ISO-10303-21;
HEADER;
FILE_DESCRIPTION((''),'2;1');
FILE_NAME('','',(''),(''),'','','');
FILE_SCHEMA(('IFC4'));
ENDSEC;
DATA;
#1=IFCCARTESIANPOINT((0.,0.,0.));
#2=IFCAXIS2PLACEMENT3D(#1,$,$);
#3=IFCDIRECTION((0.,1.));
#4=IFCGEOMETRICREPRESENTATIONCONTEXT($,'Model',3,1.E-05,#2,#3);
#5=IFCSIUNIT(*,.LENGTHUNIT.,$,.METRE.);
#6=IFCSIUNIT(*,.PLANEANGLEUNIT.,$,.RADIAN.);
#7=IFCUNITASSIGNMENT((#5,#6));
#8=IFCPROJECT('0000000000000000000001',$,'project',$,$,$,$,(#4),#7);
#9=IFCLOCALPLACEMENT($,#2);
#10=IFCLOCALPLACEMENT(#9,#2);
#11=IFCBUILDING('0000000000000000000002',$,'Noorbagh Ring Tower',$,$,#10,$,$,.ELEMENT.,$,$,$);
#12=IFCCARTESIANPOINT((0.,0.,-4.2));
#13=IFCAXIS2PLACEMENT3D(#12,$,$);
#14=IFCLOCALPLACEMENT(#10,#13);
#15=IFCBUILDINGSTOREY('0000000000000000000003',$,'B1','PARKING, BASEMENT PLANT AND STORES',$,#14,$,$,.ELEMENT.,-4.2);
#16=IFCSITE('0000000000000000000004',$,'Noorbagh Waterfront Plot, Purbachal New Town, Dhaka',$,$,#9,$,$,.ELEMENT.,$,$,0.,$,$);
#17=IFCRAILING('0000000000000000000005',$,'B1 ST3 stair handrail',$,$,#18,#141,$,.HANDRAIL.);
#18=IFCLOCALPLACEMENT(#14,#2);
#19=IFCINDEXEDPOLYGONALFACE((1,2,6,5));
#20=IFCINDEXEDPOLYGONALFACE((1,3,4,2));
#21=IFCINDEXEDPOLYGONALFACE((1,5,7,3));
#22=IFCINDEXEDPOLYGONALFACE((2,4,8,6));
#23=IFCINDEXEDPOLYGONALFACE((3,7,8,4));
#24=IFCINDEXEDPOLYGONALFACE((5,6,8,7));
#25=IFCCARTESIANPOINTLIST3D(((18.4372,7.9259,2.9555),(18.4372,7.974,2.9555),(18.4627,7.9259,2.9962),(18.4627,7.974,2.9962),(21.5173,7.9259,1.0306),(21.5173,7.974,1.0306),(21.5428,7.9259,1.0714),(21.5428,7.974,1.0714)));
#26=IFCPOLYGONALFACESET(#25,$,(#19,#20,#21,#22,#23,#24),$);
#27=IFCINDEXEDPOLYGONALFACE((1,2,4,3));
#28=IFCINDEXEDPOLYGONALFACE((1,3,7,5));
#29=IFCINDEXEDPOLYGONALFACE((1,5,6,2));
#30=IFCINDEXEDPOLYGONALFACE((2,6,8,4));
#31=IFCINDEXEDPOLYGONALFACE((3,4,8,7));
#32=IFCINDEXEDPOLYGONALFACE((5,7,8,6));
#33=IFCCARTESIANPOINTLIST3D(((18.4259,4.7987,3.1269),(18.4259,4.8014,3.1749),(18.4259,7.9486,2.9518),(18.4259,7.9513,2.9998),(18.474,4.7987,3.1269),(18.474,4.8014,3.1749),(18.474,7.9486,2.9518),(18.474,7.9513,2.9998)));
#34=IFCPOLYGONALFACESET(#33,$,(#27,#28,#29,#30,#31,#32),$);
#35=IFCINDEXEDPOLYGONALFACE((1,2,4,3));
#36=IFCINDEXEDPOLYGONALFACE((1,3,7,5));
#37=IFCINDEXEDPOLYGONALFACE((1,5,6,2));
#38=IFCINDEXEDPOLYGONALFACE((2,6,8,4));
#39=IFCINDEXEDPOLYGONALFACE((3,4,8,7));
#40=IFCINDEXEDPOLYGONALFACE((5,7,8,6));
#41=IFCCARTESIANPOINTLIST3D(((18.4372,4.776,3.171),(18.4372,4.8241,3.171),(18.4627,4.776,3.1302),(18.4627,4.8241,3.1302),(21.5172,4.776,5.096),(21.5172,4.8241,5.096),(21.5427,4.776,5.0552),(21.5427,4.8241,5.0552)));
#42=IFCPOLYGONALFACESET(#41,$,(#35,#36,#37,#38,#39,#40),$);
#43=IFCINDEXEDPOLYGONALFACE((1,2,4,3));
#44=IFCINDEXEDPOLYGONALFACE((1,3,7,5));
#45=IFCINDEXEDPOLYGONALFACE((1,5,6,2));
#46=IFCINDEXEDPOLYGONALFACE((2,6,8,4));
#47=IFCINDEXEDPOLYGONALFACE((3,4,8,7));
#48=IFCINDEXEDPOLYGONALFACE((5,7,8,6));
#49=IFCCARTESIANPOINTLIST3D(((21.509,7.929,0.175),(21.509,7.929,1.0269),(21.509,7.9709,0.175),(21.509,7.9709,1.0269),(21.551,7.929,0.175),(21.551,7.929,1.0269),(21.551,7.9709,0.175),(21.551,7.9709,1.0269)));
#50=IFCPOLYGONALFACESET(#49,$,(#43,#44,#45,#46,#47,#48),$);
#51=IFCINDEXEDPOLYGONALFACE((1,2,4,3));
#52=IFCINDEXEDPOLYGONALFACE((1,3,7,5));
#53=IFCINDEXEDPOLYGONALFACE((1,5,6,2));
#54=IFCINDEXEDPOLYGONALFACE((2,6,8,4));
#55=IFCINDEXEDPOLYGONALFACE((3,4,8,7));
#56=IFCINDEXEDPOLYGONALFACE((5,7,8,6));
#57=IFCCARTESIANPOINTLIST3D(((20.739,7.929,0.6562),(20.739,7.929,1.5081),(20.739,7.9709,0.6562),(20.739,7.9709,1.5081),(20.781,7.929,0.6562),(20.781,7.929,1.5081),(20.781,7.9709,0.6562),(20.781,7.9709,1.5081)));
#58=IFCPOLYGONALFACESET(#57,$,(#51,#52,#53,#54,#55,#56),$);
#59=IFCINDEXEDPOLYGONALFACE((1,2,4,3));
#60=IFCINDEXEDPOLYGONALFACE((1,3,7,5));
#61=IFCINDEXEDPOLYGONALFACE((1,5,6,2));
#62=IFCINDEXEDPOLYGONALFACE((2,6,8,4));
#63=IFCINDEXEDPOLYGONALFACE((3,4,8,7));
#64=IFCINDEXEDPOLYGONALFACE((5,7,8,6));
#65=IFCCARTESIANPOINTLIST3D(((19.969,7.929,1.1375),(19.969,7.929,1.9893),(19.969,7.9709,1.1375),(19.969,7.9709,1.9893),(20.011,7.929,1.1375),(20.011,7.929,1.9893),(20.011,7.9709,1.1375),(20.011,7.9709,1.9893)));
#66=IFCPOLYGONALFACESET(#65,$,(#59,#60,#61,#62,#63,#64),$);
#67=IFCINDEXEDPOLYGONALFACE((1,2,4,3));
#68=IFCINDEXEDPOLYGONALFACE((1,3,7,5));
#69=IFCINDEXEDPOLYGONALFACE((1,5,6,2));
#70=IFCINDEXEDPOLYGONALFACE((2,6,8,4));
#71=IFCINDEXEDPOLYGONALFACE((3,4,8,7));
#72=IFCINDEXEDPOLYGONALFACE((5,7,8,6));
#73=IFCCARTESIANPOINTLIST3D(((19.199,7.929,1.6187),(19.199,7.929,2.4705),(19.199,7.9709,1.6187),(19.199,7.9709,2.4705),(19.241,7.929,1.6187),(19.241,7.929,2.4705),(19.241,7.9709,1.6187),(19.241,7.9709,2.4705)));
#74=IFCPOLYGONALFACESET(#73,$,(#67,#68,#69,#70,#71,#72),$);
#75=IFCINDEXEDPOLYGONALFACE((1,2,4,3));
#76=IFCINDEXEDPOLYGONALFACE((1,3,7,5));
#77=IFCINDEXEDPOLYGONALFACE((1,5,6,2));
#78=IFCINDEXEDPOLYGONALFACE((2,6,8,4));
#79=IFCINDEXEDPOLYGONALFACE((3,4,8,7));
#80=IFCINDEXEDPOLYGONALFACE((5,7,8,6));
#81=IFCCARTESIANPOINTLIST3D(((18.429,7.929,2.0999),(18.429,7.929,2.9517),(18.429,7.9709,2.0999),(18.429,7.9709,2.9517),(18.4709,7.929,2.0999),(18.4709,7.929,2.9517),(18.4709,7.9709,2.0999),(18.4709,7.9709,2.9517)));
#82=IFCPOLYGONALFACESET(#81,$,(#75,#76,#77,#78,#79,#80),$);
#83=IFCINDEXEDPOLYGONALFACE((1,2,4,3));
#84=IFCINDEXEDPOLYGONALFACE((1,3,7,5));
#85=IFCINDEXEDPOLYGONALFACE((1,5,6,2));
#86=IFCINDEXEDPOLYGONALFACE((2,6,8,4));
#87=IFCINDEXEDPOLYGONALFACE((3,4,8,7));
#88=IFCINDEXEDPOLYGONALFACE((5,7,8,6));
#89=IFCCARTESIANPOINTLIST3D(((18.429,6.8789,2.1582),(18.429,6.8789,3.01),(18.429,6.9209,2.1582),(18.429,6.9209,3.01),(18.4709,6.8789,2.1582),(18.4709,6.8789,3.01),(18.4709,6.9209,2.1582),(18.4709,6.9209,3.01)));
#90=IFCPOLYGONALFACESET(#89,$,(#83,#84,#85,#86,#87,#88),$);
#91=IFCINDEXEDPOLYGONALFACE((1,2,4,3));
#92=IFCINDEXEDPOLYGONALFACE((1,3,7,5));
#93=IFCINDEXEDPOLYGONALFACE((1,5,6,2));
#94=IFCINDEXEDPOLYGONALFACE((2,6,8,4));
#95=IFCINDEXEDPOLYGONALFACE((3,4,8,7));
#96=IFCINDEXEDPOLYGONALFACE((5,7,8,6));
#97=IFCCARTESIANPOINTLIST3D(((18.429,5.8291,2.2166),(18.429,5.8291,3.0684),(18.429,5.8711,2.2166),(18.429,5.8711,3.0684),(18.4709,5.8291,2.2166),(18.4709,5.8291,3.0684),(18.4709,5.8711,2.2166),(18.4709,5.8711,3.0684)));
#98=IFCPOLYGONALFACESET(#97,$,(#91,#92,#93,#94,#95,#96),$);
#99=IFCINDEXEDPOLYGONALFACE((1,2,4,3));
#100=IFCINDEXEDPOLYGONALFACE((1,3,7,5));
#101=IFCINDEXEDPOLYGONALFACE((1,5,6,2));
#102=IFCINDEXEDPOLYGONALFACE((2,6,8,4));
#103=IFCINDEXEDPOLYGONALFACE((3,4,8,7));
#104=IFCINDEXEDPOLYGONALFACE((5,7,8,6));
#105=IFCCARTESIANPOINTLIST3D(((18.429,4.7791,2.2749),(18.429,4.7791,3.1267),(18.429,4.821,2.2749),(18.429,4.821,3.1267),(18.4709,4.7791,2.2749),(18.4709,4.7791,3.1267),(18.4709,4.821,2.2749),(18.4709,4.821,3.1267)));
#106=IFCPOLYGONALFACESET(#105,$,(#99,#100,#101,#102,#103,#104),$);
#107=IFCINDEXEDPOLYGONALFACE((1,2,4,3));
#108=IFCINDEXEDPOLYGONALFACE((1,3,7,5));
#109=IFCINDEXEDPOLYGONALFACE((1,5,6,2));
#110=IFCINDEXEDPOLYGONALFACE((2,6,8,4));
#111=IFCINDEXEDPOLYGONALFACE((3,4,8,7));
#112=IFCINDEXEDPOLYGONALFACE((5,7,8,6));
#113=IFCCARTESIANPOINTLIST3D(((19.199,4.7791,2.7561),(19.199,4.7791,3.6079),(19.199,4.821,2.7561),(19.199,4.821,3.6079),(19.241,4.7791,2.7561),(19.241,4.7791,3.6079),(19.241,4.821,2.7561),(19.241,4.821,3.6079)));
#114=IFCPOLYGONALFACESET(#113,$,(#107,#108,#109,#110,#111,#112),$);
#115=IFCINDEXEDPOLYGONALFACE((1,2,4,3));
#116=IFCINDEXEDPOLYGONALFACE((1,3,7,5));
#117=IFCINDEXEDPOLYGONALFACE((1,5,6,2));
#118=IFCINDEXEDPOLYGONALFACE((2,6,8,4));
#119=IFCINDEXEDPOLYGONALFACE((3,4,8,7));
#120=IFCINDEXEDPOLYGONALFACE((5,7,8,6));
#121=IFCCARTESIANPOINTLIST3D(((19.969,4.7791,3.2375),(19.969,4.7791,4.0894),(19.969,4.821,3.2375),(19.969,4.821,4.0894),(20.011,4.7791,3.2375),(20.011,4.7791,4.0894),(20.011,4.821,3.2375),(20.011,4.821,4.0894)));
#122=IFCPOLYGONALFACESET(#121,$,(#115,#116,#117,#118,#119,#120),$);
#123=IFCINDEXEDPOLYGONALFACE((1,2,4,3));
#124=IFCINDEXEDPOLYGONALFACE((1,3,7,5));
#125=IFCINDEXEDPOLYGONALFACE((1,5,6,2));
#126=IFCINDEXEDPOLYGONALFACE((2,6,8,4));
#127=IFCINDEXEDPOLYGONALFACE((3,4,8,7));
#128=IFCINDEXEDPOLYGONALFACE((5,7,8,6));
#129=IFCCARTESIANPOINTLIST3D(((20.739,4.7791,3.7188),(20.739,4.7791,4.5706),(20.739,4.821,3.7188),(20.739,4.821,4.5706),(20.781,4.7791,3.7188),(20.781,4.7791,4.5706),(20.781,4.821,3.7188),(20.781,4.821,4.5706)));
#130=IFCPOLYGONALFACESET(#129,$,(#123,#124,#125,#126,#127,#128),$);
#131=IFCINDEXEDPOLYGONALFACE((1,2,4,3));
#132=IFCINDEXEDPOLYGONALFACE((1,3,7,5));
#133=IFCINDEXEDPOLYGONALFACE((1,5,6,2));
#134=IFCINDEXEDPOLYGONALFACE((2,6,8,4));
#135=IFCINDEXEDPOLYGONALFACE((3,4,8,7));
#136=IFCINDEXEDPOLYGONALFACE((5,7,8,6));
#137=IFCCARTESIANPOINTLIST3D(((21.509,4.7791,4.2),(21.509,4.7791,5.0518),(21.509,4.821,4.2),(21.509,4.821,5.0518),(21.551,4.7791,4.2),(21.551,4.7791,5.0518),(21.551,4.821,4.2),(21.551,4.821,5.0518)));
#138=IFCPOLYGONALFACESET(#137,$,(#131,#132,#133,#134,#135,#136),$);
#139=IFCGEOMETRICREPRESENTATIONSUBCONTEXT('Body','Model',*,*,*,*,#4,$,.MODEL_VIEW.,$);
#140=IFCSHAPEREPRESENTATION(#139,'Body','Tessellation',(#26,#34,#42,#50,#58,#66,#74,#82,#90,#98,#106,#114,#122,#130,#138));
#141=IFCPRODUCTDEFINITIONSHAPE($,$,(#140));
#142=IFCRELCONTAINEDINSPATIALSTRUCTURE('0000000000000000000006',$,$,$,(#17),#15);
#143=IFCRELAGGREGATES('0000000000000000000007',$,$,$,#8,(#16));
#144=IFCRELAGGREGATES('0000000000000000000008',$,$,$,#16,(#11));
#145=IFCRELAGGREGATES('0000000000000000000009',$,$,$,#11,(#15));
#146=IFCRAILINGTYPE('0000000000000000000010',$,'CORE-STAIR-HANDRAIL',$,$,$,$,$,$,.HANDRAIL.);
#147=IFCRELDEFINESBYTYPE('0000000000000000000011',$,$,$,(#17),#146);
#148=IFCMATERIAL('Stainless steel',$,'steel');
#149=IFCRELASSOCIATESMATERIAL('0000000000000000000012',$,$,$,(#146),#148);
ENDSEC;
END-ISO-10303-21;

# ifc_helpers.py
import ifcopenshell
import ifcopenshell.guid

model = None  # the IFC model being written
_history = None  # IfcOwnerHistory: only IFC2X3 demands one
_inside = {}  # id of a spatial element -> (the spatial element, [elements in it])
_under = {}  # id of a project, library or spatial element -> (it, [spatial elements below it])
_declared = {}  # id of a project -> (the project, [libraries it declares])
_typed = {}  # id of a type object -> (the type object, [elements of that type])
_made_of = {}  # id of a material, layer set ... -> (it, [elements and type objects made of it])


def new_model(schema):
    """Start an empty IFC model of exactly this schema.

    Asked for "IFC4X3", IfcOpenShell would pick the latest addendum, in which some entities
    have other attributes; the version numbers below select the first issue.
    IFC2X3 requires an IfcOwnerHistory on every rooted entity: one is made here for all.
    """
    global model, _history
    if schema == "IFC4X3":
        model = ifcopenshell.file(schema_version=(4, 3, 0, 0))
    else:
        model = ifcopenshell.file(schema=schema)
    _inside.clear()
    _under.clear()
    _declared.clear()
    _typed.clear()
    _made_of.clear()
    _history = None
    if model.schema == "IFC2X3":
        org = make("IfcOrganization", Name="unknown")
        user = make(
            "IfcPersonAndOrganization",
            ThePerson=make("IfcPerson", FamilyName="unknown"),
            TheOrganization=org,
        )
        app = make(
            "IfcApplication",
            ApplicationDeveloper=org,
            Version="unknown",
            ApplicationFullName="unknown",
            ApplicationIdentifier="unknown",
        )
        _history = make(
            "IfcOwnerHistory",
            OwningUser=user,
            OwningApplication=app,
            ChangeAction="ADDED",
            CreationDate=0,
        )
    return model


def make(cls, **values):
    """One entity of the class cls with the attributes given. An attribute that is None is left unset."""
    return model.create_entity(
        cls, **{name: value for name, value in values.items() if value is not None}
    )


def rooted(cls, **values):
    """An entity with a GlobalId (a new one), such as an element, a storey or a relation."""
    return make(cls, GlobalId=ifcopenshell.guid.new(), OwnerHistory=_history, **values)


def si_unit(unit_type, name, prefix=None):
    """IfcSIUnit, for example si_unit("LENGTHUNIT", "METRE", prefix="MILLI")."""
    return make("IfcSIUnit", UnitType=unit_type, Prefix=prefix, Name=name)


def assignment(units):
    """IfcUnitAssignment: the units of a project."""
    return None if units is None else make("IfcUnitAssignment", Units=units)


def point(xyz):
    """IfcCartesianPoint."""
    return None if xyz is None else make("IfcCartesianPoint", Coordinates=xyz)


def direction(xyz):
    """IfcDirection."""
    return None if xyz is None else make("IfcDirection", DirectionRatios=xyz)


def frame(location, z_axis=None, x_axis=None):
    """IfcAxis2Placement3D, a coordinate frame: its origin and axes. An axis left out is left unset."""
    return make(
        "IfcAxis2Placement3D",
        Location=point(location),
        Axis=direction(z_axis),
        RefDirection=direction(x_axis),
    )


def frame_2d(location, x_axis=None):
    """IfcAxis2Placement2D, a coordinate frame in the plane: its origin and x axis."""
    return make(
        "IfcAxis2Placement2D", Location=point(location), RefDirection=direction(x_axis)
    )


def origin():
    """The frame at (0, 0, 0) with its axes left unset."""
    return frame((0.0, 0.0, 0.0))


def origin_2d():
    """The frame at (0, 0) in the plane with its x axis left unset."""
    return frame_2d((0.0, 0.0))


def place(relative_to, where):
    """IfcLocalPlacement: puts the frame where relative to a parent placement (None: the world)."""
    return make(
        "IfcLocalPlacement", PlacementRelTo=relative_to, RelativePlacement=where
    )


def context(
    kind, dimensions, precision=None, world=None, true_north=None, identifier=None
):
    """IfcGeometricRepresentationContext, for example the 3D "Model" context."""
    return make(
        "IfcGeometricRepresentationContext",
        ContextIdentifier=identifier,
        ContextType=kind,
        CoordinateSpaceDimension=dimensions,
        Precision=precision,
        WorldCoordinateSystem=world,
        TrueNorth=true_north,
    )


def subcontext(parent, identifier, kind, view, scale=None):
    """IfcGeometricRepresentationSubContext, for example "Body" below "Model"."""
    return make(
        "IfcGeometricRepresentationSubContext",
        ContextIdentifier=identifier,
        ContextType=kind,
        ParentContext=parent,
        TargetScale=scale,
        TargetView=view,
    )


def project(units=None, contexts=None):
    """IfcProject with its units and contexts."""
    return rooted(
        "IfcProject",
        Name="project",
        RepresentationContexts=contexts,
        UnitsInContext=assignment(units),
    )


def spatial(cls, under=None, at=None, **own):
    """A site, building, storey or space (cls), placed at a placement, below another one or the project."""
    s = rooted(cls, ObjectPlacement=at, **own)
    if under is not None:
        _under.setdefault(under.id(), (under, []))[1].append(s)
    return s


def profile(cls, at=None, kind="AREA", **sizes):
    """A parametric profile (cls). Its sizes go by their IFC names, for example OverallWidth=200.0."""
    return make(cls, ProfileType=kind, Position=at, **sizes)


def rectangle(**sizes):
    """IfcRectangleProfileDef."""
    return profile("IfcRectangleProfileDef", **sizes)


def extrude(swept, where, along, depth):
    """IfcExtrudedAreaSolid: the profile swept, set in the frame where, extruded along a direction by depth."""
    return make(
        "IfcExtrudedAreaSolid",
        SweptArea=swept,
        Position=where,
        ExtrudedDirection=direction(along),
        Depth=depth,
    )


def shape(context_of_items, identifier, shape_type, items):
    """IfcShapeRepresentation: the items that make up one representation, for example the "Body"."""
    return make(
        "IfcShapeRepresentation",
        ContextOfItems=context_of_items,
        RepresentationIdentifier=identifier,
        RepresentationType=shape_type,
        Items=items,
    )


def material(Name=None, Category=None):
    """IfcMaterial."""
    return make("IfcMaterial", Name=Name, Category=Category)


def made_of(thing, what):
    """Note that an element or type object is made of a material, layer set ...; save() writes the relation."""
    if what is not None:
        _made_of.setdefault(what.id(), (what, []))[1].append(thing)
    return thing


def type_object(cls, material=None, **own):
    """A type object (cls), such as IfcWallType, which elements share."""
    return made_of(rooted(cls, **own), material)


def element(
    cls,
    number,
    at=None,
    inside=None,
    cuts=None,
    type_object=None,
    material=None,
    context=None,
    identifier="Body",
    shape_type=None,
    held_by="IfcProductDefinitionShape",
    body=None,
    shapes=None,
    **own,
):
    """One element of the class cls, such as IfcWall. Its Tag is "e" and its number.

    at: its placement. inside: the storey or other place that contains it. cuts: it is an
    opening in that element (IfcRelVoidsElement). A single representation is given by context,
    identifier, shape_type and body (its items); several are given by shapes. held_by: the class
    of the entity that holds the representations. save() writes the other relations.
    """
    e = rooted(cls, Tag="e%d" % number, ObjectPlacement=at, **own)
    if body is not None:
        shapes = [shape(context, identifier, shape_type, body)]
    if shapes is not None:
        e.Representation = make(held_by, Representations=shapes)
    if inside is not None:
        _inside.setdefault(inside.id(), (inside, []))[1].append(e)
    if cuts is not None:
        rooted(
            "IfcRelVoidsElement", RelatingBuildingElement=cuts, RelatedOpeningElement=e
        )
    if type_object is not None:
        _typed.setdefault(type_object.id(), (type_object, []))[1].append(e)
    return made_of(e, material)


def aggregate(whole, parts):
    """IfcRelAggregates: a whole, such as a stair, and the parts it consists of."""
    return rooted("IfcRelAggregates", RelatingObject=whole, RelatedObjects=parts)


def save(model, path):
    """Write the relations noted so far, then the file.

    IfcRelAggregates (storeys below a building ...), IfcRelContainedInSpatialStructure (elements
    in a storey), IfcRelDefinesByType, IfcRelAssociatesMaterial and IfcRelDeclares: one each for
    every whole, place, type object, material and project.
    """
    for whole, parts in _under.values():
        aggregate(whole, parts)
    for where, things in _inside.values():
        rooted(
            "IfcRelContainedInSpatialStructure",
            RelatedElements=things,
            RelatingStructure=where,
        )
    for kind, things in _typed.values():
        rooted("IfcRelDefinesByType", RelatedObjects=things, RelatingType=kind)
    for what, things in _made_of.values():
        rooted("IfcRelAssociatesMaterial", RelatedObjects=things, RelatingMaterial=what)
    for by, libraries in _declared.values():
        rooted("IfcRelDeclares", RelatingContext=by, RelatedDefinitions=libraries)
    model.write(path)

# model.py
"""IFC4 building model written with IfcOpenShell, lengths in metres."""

from ifc_helpers import new_model, si_unit, direction, frame, origin, origin_2d, place, context, subcontext, project, spatial, rectangle, extrude, material, type_object, element, save


model = new_model("IFC4")

# Units and contexts
model_context = context("Model", 3, precision=1e-05, world=origin(), true_north=direction((0.0, 1.0)))
body_context = subcontext(model_context, "Body", "Model", "MODEL_VIEW")
ifc_project = project(units=[si_unit("LENGTHUNIT", "METRE"), si_unit("PLANEANGLEUNIT", "RADIAN")], contexts=[model_context])

# Site, building, storey
site_placement = place(None, origin())
site = spatial("IfcSite", under=ifc_project, at=site_placement, Name="Noorbagh Waterfront Plot, Purbachal New Town, Dhaka", CompositionType="ELEMENT", RefElevation=0.0)
building_placement = place(site_placement, origin())
building = spatial("IfcBuilding", under=site, at=building_placement, Name="Noorbagh Ring Tower", CompositionType="ELEMENT")
storey_placement = place(building_placement, frame((0.0, 0.0, -4.2)))
storey = spatial("IfcBuildingStorey", under=building, at=storey_placement, Name="B1", Description="PARKING, BASEMENT PLANT AND STORES", CompositionType="ELEMENT", Elevation=-4.2)

# Railing
ifc_material_1 = material(Name="Stainless steel", Category="steel")
railing_type_1 = type_object("IfcRailingType", Name="CORE-STAIR-HANDRAIL", PredefinedType="HANDRAIL", material=ifc_material_1)
railing_1_placement = place(storey_placement, frame((21.53, 7.95, 0.175)))
element("IfcRailing", 1, at=railing_1_placement, inside=storey, type_object=railing_type_1, Name="B1 ST3 stair handrail", PredefinedType="HANDRAIL", context=body_context, shape_type="SweptSolid", body=[
    extrude(rectangle(XDim=0.0481, YDim=0.0481, at=origin_2d()), frame((0.0, 0.0, 0.876), z_axis=(-0.848029, 0.0, 0.529951), x_axis=(0.0, -1.0, 0.0)), (0.0, 0.0, 1.0), 3.6321),
    extrude(rectangle(XDim=0.0481, YDim=0.0481, at=origin_2d()), frame((-3.0801, 0.0, 2.8008), z_axis=(0.0, -0.998459, 0.055487), x_axis=(1.0, 0.0, 0.0)), (0.0, 0.0, 1.0), 3.1548),
    extrude(rectangle(XDim=0.0481, YDim=0.0481, at=origin_2d()), frame((-3.0801, -3.1499, 2.9756), z_axis=(0.847998, 0.0, 0.529999), x_axis=(0.0, 1.0, 0.0)), (0.0, 0.0, 1.0), 3.6321),
    extrude(rectangle(XDim=0.042, YDim=0.042, at=origin_2d()), origin(), (0.0, 0.0, 1.0), 0.8518),
    extrude(rectangle(XDim=0.042, YDim=0.042, at=origin_2d()), frame((-0.77, 0.0, 0.4812)), (0.0, 0.0, 1.0), 0.8518),
    extrude(rectangle(XDim=0.042, YDim=0.042, at=origin_2d()), frame((-1.54, 0.0, 0.9624)), (0.0, 0.0, 1.0), 0.8518),
    extrude(rectangle(XDim=0.042, YDim=0.042, at=origin_2d()), frame((-2.3101, 0.0, 1.4436)), (0.0, 0.0, 1.0), 0.8518),
    extrude(rectangle(XDim=0.042, YDim=0.042, at=origin_2d()), frame((-3.0801, 0.0, 1.9248)), (0.0, 0.0, 1.0), 0.8518),
    extrude(rectangle(XDim=0.042, YDim=0.042, at=origin_2d()), frame((-3.0801, -1.05, 1.9832)), (0.0, 0.0, 1.0), 0.8518),
    extrude(rectangle(XDim=0.042, YDim=0.042, at=origin_2d()), frame((-3.0801, -2.0999, 2.0415)), (0.0, 0.0, 1.0), 0.8518),
    extrude(rectangle(XDim=0.042, YDim=0.042, at=origin_2d()), frame((-3.0801, -3.1499, 2.0999)), (0.0, 0.0, 1.0), 0.8518),
    extrude(rectangle(XDim=0.042, YDim=0.042, at=origin_2d()), frame((-2.3101, -3.1499, 2.5811)), (0.0, 0.0, 1.0), 0.8518),
    extrude(rectangle(XDim=0.042, YDim=0.042, at=origin_2d()), frame((-1.54, -3.1499, 3.0625)), (0.0, 0.0, 1.0), 0.8518),
    extrude(rectangle(XDim=0.042, YDim=0.042, at=origin_2d()), frame((-0.77, -3.1499, 3.5437)), (0.0, 0.0, 1.0), 0.8518),
    extrude(rectangle(XDim=0.042, YDim=0.042, at=origin_2d()), frame((0.0, -3.1499, 4.0249)), (0.0, 0.0, 1.0), 0.8518),
])

save(model, "model.ifc")
